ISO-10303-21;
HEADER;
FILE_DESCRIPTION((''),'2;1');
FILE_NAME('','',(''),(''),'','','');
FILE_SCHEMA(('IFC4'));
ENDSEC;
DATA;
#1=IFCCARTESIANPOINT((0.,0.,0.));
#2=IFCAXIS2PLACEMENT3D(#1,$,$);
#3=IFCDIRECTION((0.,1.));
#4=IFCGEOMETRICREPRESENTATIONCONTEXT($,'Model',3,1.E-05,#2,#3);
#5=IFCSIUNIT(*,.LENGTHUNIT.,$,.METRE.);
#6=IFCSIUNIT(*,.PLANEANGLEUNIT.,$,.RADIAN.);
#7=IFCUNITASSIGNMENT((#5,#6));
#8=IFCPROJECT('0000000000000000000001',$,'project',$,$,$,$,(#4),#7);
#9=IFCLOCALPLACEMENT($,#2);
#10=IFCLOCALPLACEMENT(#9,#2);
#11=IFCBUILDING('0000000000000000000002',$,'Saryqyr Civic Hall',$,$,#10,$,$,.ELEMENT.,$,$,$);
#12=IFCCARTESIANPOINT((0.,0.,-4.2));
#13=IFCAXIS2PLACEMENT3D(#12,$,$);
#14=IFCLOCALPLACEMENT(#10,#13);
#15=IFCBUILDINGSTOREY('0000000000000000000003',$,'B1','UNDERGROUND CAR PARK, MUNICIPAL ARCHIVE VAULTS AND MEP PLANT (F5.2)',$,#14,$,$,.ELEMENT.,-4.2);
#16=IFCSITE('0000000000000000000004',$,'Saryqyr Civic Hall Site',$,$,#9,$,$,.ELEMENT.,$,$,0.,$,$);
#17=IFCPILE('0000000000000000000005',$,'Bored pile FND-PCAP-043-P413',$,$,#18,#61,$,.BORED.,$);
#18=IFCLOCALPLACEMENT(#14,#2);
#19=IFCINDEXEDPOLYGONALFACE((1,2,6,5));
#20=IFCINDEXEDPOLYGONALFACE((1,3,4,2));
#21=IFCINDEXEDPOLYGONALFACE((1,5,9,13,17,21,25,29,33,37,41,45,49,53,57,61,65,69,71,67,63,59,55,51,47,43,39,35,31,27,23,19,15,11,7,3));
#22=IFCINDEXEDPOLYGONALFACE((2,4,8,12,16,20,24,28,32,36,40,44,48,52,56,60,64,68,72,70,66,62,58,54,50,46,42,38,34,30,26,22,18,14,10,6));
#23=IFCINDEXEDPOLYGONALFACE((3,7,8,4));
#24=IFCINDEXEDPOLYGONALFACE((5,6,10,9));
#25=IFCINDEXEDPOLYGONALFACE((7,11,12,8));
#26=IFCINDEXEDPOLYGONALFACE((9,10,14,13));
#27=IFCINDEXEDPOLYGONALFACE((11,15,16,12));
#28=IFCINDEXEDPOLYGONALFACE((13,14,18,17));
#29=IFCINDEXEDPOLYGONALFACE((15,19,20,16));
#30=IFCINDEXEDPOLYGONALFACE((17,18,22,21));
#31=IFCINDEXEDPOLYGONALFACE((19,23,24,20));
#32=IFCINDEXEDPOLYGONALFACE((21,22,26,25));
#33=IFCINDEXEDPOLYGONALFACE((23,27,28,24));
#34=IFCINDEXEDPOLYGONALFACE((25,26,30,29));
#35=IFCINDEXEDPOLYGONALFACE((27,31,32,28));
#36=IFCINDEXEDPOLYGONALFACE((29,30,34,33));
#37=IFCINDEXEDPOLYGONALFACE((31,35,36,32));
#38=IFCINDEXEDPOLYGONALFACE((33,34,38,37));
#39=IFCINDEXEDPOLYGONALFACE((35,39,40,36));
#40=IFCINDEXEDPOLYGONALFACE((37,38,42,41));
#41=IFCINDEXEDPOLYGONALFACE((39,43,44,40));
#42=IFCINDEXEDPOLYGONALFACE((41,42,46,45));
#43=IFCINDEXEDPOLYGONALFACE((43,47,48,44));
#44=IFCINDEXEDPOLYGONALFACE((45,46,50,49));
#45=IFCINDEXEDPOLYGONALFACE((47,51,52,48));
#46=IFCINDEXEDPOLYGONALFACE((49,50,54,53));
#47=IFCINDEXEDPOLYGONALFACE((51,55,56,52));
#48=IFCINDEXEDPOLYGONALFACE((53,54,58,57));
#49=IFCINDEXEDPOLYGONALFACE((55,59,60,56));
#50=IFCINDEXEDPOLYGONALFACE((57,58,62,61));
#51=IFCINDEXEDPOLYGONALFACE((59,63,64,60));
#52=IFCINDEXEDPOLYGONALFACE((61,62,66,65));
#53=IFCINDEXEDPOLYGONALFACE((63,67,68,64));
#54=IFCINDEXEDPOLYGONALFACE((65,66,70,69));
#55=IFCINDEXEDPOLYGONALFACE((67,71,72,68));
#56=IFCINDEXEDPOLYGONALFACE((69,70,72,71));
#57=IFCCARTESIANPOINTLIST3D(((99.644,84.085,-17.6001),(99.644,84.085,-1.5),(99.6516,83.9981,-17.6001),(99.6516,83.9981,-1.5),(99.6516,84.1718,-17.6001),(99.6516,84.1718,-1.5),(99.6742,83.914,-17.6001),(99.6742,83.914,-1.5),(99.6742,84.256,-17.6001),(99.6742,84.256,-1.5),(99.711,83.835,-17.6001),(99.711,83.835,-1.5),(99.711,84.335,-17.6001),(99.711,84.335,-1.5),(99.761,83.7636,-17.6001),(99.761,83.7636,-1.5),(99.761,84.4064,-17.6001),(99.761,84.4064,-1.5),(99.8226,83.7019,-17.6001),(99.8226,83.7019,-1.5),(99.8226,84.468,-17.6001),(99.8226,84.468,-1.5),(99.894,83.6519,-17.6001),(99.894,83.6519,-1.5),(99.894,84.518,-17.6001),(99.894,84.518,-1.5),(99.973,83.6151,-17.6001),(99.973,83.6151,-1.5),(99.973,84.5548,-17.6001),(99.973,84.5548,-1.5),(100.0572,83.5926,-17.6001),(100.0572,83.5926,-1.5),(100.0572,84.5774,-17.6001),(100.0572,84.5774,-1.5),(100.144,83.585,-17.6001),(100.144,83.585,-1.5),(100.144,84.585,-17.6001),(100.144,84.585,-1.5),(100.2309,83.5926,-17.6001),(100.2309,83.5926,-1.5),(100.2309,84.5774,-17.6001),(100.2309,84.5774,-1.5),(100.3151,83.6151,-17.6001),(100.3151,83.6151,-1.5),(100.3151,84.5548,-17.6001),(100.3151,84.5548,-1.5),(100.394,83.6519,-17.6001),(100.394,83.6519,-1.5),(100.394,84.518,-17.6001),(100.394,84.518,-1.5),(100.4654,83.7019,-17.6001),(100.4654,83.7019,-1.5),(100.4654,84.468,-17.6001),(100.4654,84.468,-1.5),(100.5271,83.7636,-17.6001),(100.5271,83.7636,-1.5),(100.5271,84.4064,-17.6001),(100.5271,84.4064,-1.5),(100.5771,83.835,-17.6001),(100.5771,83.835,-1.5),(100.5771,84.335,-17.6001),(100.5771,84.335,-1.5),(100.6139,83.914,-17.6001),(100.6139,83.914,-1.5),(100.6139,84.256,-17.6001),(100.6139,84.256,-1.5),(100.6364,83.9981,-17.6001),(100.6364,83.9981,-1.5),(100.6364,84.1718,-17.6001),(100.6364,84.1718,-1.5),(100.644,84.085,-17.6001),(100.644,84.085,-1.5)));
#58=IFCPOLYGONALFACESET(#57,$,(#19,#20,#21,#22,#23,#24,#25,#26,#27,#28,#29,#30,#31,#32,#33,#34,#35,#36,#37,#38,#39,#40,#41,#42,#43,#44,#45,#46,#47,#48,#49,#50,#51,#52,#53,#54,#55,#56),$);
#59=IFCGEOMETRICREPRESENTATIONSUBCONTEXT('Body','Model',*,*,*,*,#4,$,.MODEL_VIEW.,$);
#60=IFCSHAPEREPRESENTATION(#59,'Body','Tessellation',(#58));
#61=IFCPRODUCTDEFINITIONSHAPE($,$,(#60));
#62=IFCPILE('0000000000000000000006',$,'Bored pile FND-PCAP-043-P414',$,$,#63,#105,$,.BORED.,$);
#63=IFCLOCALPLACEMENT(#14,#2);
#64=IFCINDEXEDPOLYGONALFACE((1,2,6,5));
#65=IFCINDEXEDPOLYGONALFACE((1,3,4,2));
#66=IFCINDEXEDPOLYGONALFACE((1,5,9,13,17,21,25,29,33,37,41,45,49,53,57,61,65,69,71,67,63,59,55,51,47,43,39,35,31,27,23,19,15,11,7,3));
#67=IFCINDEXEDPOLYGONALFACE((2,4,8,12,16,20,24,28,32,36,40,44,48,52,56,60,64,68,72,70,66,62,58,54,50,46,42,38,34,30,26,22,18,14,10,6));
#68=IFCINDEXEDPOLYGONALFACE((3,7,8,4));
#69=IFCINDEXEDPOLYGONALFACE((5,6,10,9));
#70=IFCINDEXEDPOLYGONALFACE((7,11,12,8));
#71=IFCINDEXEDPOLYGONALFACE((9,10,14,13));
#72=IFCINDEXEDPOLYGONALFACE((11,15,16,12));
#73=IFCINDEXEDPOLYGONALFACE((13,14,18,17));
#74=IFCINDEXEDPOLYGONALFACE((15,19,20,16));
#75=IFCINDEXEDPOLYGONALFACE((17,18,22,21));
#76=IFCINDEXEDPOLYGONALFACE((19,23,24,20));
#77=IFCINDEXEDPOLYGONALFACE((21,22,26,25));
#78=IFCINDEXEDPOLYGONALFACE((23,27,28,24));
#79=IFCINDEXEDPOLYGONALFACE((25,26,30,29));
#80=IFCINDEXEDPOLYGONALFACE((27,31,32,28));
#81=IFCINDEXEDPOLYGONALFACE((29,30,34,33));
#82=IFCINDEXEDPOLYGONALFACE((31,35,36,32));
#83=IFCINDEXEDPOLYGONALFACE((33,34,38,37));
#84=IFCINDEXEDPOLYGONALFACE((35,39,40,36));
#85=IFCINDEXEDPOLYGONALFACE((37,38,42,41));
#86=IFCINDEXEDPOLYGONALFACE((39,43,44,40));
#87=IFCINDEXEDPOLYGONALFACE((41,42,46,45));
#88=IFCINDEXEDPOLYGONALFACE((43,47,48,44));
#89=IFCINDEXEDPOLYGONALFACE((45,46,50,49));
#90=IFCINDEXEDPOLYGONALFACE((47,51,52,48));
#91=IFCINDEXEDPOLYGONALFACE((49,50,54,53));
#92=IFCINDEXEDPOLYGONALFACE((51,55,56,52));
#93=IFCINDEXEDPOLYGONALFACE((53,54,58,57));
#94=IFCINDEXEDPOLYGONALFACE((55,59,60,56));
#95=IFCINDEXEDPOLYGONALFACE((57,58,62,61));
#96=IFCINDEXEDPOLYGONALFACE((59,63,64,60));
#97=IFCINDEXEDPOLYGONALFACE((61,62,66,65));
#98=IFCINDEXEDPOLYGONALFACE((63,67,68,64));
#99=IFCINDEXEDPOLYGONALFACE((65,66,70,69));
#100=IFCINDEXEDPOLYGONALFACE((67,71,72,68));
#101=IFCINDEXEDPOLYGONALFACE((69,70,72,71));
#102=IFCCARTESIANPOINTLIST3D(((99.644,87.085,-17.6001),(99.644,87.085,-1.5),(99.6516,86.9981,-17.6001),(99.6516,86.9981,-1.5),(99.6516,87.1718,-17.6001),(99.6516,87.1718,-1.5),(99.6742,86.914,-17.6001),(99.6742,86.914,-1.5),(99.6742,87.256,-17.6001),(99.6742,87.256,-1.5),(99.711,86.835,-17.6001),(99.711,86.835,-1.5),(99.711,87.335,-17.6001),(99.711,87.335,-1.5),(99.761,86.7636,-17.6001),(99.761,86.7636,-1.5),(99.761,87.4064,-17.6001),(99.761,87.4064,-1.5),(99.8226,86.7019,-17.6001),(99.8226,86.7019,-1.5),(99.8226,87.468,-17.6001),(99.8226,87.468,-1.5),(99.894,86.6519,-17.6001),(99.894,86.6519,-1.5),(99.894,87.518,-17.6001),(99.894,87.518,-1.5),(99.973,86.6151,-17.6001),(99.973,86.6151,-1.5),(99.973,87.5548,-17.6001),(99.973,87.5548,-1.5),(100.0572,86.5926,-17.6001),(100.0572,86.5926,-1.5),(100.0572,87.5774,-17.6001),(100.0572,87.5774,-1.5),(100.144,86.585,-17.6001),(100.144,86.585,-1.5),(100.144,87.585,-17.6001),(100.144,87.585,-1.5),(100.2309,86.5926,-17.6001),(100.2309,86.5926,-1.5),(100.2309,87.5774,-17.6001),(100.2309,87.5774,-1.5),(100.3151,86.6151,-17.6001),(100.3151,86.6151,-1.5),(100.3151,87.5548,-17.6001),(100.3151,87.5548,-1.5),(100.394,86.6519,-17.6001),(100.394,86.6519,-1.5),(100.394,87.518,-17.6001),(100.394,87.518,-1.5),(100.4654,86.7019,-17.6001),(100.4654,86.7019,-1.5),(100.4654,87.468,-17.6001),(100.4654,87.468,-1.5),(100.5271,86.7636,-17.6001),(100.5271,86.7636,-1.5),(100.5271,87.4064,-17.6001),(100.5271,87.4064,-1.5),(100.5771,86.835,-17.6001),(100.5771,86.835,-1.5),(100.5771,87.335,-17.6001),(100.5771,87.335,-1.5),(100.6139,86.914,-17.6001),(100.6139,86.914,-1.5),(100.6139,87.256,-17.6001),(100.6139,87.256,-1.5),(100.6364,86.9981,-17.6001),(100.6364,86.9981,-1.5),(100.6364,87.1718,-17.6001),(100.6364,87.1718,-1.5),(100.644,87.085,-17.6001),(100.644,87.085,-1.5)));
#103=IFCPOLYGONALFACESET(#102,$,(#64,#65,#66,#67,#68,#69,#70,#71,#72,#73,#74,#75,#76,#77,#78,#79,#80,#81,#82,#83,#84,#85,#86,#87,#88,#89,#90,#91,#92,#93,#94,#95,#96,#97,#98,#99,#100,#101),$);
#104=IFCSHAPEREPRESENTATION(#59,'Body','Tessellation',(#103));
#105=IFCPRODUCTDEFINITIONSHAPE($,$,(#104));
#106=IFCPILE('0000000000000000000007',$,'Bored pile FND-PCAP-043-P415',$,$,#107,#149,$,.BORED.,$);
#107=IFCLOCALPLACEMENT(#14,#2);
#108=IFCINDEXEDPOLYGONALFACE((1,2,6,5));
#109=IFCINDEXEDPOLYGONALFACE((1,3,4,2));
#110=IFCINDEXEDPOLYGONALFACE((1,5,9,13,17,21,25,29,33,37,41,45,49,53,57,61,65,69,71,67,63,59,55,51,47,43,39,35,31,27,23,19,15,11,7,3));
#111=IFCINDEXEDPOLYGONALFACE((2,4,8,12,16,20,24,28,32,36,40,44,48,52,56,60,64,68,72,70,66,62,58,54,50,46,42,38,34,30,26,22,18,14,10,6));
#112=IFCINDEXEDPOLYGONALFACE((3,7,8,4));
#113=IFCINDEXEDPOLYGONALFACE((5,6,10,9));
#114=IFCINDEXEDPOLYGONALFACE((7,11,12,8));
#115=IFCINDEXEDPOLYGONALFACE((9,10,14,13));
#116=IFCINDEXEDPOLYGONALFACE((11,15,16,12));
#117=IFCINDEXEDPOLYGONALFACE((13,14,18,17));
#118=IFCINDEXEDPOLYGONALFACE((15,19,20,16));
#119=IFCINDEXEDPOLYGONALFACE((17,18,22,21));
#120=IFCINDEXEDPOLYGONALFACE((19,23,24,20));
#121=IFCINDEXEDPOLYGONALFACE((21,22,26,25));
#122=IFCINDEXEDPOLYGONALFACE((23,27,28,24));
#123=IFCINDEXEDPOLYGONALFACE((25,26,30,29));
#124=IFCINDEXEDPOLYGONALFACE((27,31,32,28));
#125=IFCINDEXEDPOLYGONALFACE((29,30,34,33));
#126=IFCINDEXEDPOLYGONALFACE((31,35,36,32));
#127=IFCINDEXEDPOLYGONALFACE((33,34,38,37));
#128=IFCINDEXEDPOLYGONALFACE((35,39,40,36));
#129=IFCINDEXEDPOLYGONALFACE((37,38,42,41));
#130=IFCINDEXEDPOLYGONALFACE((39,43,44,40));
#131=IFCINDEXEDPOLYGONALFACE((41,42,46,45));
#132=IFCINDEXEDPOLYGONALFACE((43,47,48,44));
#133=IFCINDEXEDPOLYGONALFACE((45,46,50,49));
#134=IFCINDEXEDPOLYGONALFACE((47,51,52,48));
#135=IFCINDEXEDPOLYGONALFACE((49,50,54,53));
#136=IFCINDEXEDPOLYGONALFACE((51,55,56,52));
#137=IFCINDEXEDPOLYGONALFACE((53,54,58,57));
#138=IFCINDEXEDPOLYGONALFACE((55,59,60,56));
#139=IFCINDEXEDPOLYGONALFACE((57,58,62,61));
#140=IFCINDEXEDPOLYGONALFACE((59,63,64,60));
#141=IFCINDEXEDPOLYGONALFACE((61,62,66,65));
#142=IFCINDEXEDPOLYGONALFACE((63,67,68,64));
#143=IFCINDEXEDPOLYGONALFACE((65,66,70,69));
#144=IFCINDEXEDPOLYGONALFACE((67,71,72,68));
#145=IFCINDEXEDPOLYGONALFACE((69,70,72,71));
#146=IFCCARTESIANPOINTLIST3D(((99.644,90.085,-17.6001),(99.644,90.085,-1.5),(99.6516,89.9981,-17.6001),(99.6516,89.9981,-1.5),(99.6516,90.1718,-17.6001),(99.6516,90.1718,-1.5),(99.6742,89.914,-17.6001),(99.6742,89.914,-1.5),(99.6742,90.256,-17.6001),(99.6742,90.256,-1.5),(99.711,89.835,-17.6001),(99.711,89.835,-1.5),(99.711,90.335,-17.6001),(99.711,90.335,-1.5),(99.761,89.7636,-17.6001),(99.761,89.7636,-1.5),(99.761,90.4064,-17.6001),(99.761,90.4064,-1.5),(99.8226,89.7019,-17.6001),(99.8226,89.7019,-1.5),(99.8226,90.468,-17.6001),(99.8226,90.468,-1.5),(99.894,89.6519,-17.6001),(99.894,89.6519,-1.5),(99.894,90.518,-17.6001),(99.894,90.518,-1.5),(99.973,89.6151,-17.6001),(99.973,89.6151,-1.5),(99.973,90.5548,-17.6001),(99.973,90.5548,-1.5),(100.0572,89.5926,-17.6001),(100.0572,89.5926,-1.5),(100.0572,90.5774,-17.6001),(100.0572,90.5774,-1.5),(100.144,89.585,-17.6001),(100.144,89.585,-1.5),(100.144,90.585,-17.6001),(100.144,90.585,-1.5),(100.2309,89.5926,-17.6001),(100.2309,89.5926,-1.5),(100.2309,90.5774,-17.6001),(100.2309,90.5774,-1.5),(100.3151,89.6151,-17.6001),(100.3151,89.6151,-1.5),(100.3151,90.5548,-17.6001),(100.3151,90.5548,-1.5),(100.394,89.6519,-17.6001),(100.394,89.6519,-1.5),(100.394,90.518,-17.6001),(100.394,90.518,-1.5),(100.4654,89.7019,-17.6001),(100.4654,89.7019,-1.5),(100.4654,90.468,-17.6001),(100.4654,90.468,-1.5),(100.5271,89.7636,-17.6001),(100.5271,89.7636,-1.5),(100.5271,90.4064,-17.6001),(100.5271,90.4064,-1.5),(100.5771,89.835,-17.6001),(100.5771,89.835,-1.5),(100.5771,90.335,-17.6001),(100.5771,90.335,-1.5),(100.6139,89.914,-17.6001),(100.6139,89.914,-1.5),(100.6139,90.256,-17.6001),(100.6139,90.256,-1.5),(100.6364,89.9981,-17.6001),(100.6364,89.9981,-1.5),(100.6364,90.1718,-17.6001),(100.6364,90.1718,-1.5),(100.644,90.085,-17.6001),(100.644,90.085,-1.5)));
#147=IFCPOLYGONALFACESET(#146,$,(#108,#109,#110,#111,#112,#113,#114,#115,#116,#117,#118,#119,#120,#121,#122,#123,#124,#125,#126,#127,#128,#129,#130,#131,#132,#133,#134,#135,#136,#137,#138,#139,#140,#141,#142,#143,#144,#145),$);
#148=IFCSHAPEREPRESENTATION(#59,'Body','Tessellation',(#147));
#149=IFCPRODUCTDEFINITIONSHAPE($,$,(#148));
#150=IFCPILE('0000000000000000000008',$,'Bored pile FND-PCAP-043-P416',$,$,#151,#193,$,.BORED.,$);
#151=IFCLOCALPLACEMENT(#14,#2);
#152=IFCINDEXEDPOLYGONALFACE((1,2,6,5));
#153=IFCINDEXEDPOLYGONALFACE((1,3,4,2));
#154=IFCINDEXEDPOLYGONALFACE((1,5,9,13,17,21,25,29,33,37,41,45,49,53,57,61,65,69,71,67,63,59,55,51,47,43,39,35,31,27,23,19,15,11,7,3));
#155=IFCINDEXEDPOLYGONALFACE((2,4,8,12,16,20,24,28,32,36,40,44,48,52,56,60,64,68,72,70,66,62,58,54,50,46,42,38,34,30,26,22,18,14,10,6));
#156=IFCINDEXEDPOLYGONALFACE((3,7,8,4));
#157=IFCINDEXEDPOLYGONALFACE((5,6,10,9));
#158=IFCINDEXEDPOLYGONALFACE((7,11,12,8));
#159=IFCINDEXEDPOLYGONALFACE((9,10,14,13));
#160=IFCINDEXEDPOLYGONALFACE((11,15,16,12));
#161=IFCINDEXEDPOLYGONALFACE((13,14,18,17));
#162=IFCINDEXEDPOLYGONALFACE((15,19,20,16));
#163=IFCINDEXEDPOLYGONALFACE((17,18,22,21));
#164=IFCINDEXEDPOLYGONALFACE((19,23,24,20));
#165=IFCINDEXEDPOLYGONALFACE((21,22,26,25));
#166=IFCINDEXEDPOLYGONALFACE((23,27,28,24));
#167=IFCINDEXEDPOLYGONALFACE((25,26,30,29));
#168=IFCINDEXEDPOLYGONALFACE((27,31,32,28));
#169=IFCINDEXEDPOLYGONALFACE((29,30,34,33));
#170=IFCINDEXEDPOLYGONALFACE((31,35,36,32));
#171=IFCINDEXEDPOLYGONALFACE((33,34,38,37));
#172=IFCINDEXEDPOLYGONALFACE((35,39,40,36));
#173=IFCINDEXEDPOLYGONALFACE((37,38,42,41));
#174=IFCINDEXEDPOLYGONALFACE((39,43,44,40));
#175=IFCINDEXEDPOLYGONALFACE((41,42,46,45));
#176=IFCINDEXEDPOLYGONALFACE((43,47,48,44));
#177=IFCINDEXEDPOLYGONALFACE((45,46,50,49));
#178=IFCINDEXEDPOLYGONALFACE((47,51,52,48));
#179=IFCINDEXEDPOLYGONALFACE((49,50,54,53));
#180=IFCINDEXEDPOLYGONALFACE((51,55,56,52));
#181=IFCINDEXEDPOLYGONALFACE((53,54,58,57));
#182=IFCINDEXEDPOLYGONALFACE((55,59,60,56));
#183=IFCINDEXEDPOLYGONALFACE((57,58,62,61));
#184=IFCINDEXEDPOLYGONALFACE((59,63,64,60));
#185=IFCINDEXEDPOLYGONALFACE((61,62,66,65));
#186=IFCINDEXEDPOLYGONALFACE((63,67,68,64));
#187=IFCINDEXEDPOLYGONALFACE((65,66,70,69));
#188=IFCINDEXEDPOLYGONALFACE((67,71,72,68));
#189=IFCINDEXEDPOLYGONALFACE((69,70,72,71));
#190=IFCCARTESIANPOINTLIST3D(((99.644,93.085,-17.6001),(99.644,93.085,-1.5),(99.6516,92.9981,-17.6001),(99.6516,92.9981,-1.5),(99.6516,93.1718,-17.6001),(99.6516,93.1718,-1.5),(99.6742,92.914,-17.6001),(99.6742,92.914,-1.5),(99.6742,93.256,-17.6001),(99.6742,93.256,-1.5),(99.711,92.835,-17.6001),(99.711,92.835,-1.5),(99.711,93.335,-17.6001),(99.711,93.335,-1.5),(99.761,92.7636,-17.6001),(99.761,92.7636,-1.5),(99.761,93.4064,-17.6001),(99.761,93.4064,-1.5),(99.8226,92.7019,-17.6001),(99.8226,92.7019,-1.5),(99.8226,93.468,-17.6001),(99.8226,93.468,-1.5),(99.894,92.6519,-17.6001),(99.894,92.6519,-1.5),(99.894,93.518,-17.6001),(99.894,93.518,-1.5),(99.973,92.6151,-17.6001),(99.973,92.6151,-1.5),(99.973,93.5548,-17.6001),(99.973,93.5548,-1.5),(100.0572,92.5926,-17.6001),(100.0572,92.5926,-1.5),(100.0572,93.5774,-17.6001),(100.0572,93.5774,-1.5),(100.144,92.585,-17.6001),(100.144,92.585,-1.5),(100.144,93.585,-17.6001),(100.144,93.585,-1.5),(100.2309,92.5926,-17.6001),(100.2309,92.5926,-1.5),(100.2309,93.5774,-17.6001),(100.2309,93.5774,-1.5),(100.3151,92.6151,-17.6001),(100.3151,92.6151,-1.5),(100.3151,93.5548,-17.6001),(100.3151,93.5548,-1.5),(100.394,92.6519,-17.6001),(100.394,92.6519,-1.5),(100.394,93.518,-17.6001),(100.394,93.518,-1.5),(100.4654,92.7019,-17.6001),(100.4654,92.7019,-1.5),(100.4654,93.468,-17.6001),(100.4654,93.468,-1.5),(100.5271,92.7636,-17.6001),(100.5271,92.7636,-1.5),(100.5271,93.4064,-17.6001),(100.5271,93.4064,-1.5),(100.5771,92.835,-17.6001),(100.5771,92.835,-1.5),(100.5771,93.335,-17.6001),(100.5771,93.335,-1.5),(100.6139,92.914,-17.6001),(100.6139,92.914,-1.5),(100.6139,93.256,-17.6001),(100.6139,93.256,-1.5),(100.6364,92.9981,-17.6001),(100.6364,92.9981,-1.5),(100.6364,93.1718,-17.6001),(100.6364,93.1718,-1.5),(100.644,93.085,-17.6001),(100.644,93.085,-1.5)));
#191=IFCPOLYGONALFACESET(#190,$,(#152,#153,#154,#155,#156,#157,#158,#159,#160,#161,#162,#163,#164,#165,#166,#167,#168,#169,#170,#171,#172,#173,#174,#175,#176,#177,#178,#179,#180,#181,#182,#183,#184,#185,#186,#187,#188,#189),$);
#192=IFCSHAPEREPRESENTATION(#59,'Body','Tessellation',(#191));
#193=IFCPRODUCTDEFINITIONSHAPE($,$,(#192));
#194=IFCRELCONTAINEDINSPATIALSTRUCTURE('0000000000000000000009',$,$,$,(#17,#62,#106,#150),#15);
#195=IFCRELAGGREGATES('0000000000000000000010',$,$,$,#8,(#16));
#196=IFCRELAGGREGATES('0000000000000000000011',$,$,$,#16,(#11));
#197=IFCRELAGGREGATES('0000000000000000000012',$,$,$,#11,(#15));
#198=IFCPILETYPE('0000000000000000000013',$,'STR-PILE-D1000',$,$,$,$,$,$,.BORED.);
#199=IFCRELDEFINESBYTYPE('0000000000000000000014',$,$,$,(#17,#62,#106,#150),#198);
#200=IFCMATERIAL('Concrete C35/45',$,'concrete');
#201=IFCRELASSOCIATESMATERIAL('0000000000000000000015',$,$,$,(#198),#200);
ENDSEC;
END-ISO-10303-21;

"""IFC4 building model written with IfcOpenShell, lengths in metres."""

from ifc_helpers import new_model, si_unit, direction, frame, origin, origin_2d, place, context, subcontext, project, spatial, circle, extrude, material, material_profile, profile_set, type_object, element, save


model = new_model("IFC4")

# Units and contexts
model_context = context("Model", 3, precision=1e-05, world=origin(), true_north=direction((0.0, 1.0)))
body_context = subcontext(model_context, "Body", "Model", "MODEL_VIEW")
ifc_project = project(units=[si_unit("LENGTHUNIT", "METRE"), si_unit("PLANEANGLEUNIT", "RADIAN")], contexts=[model_context])

# Site, building, storey
site_placement = place(None, origin())
site = spatial("IfcSite", under=ifc_project, at=site_placement, Name="Saryqyr Civic Hall Site", CompositionType="ELEMENT", RefElevation=0.0)
building_placement = place(site_placement, origin())
building = spatial("IfcBuilding", under=site, at=building_placement, Name="Saryqyr Civic Hall", CompositionType="ELEMENT")
storey_placement = place(building_placement, frame((0.0, 0.0, -4.2)))
storey = spatial("IfcBuildingStorey", under=building, at=storey_placement, Name="B1", Description="UNDERGROUND CAR PARK, MUNICIPAL ARCHIVE VAULTS AND MEP PLANT (F5.2)", CompositionType="ELEMENT", Elevation=-4.2)

# Piles
ifc_material_1 = material(Name="Concrete C35/45", Category="concrete")
ifc_material_profile_1 = material_profile(ifc_material_1, circle(Radius=0.5, at=origin_2d()), Name="BORED PILE D1000")
ifc_profile_set_1 = profile_set([ifc_material_profile_1], Name="Concrete C35/45")
pile_type = type_object("IfcPileType", Name="STR-PILE-D1000", PredefinedType="BORED", material=ifc_profile_set_1)
for number, where, z_axis, x_axis, name in (
    (1, (100.144, 84.085, -1.5), (0.0, 0.0, -1.0), (1.0, 0.0, 0.0), "Bored pile FND-PCAP-043-P413"),
    (2, (100.144, 87.085, -1.5), (0.0, 0.0, -1.0), (1.0, 0.0, 0.0), "Bored pile FND-PCAP-043-P414"),
    (3, (100.144, 90.085, -1.5), (0.0, 0.0, -1.0), (1.0, 0.0, 0.0), "Bored pile FND-PCAP-043-P415"),
    (4, (100.144, 93.085, -1.5), (0.0, 0.0, -1.0), (1.0, 0.0, 0.0), "Bored pile FND-PCAP-043-P416"),
):
    element("IfcPile", number, at=place(storey_placement, frame(where, z_axis=z_axis, x_axis=x_axis)), inside=storey, type_object=pile_type, Name=name, PredefinedType="BORED", context=body_context, shape_type="SweptSolid", body=[
        extrude(circle(Radius=0.5, at=origin_2d()), origin(), (0.0, 0.0, 1.0), 16.1001),
    ])

save(model, "model.ifc")
